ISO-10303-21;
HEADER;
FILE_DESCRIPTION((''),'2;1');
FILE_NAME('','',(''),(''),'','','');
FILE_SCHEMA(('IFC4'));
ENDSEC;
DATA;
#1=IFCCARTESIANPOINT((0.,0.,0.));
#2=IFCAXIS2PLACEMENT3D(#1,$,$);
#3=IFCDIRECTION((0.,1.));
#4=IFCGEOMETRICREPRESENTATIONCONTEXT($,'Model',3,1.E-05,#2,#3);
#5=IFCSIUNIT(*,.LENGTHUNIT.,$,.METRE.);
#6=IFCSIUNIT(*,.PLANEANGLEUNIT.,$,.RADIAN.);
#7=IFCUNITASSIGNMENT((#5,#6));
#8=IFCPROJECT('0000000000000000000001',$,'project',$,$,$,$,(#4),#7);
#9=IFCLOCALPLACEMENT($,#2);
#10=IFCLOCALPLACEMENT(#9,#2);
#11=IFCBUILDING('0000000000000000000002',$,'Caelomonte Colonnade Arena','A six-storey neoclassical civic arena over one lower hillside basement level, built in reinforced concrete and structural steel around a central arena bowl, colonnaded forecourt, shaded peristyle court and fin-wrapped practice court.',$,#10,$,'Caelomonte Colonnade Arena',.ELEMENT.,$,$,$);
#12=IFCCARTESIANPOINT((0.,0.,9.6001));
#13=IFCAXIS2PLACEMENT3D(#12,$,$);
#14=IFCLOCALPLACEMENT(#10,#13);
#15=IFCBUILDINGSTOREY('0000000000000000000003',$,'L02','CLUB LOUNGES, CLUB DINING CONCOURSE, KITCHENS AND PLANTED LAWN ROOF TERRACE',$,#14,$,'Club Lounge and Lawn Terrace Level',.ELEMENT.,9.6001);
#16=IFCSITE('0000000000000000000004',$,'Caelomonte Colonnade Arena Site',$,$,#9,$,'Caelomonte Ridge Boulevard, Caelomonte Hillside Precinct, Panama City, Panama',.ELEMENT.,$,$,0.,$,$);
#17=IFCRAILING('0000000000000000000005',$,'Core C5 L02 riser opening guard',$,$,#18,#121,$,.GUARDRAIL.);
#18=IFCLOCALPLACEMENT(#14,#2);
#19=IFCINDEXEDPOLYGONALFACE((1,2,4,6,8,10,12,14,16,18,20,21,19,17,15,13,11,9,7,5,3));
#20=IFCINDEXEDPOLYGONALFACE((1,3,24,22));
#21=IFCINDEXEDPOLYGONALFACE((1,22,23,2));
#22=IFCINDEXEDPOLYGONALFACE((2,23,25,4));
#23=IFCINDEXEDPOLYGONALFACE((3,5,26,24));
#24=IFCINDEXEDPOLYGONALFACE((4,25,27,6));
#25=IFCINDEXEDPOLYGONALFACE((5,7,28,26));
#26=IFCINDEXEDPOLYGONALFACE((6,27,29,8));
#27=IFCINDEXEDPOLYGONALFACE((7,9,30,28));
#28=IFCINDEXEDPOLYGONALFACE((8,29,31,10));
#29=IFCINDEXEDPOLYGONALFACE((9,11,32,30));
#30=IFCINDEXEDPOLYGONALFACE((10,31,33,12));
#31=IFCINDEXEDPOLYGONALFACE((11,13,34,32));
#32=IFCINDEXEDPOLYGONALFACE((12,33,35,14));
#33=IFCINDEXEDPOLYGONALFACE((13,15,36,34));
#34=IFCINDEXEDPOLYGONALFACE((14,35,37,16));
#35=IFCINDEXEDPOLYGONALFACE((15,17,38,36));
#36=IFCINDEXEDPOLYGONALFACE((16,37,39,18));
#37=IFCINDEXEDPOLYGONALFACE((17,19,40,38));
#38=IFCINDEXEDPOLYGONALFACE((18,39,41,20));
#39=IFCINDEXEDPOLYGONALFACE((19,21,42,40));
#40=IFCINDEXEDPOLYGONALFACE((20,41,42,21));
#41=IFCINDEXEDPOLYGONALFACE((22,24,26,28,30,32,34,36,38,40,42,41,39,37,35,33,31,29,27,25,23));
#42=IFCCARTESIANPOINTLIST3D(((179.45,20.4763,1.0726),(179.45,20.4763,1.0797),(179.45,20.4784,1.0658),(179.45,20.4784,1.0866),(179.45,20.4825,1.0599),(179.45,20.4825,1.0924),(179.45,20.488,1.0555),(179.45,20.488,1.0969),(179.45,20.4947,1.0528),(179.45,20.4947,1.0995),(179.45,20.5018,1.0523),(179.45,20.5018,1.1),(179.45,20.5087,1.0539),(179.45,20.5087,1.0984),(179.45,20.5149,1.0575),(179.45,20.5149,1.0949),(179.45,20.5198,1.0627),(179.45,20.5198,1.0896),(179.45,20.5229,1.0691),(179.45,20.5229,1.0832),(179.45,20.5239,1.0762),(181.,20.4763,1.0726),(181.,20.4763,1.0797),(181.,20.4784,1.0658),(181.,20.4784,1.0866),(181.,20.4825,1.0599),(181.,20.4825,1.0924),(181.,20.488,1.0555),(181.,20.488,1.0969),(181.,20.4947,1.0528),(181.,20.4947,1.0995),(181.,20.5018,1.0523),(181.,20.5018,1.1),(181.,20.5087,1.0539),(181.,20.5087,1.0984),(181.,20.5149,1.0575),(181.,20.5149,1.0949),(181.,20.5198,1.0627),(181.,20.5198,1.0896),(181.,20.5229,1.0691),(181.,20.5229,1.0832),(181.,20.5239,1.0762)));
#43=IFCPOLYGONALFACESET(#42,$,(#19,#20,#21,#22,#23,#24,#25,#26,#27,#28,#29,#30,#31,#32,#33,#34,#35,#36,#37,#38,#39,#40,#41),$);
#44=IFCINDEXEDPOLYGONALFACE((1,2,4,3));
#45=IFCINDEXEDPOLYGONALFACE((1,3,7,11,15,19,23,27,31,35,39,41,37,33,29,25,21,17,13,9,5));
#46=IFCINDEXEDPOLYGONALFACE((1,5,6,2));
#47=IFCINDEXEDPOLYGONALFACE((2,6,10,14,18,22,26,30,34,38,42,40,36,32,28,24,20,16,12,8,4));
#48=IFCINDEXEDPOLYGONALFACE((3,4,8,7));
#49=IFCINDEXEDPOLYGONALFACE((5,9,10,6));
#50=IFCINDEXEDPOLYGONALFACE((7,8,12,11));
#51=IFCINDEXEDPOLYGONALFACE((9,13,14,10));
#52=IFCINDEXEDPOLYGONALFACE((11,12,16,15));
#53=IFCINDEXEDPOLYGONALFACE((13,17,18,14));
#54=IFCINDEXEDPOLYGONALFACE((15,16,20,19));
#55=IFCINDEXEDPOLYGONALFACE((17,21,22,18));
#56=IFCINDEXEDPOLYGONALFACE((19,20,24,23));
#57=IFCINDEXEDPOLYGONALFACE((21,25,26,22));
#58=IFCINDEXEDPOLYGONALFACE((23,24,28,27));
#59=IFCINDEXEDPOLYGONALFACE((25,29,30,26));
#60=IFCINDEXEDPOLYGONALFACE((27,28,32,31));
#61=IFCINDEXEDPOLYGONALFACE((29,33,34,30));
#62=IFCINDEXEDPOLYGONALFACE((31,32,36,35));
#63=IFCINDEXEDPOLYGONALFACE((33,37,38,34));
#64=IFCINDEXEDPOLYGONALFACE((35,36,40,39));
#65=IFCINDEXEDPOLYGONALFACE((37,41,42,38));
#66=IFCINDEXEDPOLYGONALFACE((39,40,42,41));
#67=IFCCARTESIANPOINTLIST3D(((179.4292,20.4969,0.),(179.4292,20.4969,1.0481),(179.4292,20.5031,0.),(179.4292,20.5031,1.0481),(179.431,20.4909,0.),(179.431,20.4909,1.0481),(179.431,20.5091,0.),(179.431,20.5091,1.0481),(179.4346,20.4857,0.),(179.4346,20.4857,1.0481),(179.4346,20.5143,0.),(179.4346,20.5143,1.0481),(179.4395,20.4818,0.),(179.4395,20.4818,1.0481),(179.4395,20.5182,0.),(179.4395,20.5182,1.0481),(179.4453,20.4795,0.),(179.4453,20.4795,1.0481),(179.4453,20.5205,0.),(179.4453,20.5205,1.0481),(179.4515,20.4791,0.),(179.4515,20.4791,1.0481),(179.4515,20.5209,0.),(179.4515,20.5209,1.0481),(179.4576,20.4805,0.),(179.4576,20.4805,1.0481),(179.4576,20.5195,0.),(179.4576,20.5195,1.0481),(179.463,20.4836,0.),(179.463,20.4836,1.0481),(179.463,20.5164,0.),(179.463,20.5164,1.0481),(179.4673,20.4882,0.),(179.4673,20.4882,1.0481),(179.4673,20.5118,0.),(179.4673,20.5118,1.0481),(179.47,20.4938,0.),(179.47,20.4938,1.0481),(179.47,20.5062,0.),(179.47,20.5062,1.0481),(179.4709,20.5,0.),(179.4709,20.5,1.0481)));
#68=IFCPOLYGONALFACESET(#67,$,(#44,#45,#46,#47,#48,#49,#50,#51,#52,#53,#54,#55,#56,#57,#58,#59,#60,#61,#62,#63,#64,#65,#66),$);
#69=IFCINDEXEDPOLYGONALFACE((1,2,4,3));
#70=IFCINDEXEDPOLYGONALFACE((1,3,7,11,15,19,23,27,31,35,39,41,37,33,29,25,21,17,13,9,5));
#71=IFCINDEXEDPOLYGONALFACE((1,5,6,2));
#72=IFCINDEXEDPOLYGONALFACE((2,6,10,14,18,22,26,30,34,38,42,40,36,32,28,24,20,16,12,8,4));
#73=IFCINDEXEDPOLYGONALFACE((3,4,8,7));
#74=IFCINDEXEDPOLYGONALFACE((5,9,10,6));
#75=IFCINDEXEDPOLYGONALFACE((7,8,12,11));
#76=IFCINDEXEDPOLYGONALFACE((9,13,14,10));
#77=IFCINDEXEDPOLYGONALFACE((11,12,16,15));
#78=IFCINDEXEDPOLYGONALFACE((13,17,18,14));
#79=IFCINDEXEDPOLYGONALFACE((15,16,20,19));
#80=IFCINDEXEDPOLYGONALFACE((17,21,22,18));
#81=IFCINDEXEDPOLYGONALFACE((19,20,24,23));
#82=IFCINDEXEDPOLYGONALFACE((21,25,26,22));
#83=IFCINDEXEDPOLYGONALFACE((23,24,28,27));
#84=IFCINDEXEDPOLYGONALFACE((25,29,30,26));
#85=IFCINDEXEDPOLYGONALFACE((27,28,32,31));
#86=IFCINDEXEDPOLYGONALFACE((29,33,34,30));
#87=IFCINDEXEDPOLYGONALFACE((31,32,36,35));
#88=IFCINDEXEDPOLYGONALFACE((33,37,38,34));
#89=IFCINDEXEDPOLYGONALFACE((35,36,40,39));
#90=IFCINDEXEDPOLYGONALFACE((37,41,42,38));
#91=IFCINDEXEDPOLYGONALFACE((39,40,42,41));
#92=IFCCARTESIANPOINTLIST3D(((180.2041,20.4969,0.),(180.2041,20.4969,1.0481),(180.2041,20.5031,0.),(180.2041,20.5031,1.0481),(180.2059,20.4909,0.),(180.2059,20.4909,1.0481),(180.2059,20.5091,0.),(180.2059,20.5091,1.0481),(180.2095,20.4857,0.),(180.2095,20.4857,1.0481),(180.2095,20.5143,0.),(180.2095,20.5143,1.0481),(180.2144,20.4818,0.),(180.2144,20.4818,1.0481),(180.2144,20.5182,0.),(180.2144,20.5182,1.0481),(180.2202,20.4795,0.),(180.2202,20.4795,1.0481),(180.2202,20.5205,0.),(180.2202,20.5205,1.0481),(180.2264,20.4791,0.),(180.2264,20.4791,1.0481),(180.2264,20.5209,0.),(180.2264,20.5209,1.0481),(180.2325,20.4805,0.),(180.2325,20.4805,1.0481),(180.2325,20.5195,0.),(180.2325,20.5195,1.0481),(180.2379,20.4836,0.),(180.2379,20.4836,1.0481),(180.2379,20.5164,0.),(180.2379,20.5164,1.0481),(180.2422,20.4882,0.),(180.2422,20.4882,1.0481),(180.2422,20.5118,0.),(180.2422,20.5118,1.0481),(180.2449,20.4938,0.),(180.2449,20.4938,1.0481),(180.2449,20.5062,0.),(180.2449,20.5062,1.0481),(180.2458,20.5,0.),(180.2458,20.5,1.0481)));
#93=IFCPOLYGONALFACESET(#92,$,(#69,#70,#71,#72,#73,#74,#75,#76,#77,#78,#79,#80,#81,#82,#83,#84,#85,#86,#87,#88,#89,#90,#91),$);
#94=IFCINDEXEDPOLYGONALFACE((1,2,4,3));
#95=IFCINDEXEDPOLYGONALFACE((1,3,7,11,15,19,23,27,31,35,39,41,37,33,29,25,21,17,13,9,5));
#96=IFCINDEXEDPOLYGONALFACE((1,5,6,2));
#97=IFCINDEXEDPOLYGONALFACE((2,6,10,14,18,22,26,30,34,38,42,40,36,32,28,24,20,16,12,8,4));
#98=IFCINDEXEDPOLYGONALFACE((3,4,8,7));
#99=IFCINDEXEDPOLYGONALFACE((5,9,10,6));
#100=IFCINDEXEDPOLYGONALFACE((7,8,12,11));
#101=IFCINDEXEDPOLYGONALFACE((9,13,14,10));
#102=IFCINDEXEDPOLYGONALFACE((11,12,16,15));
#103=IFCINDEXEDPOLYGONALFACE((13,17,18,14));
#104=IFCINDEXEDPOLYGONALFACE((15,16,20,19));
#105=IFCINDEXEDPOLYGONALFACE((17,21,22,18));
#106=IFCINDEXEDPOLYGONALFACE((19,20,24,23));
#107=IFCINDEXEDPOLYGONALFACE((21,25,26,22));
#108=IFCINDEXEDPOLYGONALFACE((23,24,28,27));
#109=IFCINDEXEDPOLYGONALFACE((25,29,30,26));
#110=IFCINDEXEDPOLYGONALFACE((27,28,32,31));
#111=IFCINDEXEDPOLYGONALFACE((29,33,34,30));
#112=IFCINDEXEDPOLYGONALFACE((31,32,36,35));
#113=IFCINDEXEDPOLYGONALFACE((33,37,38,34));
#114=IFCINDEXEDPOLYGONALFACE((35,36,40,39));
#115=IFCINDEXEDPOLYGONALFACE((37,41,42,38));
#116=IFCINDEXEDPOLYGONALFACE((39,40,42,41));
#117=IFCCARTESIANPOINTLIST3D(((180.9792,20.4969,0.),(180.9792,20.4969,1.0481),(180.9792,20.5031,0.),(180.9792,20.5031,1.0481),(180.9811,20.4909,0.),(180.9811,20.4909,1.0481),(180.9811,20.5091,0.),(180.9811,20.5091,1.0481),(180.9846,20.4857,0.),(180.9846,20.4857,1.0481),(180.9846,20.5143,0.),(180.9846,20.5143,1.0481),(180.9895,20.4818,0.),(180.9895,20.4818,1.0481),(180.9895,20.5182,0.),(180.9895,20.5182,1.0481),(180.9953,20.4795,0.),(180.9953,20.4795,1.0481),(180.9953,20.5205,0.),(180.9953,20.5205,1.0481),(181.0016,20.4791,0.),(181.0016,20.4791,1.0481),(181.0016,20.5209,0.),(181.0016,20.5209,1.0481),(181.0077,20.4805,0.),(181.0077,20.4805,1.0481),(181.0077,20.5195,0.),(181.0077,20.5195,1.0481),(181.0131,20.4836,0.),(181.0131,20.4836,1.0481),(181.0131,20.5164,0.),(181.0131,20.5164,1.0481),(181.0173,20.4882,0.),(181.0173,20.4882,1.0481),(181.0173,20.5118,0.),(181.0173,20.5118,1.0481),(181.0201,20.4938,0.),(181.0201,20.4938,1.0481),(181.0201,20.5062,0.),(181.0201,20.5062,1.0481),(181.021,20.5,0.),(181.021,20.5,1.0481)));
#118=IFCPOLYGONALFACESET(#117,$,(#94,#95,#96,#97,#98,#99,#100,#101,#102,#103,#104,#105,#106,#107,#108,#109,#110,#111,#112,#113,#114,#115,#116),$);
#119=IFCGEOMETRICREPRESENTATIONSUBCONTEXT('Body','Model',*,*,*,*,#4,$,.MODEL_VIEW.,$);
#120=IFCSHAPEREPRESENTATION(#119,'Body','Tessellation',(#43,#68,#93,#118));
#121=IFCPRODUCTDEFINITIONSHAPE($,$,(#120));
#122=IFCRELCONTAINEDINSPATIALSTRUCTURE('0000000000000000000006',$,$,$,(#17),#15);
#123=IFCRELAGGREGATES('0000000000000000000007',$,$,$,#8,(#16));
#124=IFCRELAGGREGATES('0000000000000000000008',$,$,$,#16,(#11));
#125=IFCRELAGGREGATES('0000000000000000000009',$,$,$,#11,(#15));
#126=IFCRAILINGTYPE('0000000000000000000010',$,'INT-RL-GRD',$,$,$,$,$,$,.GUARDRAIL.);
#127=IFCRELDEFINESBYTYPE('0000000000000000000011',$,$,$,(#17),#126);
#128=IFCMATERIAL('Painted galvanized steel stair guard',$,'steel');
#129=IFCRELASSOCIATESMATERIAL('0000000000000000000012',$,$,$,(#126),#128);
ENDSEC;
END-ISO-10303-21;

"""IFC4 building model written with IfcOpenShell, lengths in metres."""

from ifc_helpers import new_model, si_unit, direction, frame, origin, origin_2d, place, context, subcontext, project, spatial, circle, extrude, material, type_object, element, save


model = new_model("IFC4")

# Units and contexts
model_context = context("Model", 3, precision=1e-05, world=origin(), true_north=direction((0.0, 1.0)))
body_context = subcontext(model_context, "Body", "Model", "MODEL_VIEW")
ifc_project = project(units=[si_unit("LENGTHUNIT", "METRE"), si_unit("PLANEANGLEUNIT", "RADIAN")], contexts=[model_context])

# Site, building, storey
site_placement = place(None, origin())
site = spatial("IfcSite", under=ifc_project, at=site_placement, Name="Caelomonte Colonnade Arena Site", LongName="Caelomonte Ridge Boulevard, Caelomonte Hillside Precinct, Panama City, Panama", CompositionType="ELEMENT", RefElevation=0.0)
building_placement = place(site_placement, origin())
building = spatial("IfcBuilding", under=site, at=building_placement, Name="Caelomonte Colonnade Arena", Description="A six-storey neoclassical civic arena over one lower hillside basement level, built in reinforced concrete and structural steel around a central arena bowl, colonnaded forecourt, shaded peristyle court and fin-wrapped practice court.", LongName="Caelomonte Colonnade Arena", CompositionType="ELEMENT")
storey_placement = place(building_placement, frame((0.0, 0.0, 9.6001)))
storey = spatial("IfcBuildingStorey", under=building, at=storey_placement, Name="L02", Description="CLUB LOUNGES, CLUB DINING CONCOURSE, KITCHENS AND PLANTED LAWN ROOF TERRACE", LongName="Club Lounge and Lawn Terrace Level", CompositionType="ELEMENT", Elevation=9.6001)

# Railing
ifc_material_1 = material(Name="Painted galvanized steel stair guard", Category="steel")
railing_type = type_object("IfcRailingType", Name="INT-RL-GRD", PredefinedType="GUARDRAIL", material=ifc_material_1)
railing_placement = place(storey_placement, frame((179.45, 20.5, 0.0)))
element("IfcRailing", 1, at=railing_placement, inside=storey, type_object=railing_type, Name="Core C5 L02 riser opening guard", PredefinedType="GUARDRAIL", context=body_context, shape_type="SweptSolid", body=[
    extrude(circle(Radius=0.0239, at=origin_2d()), frame((0.0, 0.0, 1.0762), z_axis=(1.0, 0.0, 0.0), x_axis=(0.0, 1.0, 0.0)), (0.0, 0.0, 1.0), 1.55),
    extrude(circle(Radius=0.021, at=origin_2d()), origin(), (0.0, 0.0, 1.0), 1.0481),
    extrude(circle(Radius=0.021, at=origin_2d()), frame((0.7749, 0.0, 0.0)), (0.0, 0.0, 1.0), 1.0481),
    extrude(circle(Radius=0.021, at=origin_2d()), frame((1.55, 0.0, 0.0)), (0.0, 0.0, 1.0), 1.0481),
])

save(model, "model.ifc")
